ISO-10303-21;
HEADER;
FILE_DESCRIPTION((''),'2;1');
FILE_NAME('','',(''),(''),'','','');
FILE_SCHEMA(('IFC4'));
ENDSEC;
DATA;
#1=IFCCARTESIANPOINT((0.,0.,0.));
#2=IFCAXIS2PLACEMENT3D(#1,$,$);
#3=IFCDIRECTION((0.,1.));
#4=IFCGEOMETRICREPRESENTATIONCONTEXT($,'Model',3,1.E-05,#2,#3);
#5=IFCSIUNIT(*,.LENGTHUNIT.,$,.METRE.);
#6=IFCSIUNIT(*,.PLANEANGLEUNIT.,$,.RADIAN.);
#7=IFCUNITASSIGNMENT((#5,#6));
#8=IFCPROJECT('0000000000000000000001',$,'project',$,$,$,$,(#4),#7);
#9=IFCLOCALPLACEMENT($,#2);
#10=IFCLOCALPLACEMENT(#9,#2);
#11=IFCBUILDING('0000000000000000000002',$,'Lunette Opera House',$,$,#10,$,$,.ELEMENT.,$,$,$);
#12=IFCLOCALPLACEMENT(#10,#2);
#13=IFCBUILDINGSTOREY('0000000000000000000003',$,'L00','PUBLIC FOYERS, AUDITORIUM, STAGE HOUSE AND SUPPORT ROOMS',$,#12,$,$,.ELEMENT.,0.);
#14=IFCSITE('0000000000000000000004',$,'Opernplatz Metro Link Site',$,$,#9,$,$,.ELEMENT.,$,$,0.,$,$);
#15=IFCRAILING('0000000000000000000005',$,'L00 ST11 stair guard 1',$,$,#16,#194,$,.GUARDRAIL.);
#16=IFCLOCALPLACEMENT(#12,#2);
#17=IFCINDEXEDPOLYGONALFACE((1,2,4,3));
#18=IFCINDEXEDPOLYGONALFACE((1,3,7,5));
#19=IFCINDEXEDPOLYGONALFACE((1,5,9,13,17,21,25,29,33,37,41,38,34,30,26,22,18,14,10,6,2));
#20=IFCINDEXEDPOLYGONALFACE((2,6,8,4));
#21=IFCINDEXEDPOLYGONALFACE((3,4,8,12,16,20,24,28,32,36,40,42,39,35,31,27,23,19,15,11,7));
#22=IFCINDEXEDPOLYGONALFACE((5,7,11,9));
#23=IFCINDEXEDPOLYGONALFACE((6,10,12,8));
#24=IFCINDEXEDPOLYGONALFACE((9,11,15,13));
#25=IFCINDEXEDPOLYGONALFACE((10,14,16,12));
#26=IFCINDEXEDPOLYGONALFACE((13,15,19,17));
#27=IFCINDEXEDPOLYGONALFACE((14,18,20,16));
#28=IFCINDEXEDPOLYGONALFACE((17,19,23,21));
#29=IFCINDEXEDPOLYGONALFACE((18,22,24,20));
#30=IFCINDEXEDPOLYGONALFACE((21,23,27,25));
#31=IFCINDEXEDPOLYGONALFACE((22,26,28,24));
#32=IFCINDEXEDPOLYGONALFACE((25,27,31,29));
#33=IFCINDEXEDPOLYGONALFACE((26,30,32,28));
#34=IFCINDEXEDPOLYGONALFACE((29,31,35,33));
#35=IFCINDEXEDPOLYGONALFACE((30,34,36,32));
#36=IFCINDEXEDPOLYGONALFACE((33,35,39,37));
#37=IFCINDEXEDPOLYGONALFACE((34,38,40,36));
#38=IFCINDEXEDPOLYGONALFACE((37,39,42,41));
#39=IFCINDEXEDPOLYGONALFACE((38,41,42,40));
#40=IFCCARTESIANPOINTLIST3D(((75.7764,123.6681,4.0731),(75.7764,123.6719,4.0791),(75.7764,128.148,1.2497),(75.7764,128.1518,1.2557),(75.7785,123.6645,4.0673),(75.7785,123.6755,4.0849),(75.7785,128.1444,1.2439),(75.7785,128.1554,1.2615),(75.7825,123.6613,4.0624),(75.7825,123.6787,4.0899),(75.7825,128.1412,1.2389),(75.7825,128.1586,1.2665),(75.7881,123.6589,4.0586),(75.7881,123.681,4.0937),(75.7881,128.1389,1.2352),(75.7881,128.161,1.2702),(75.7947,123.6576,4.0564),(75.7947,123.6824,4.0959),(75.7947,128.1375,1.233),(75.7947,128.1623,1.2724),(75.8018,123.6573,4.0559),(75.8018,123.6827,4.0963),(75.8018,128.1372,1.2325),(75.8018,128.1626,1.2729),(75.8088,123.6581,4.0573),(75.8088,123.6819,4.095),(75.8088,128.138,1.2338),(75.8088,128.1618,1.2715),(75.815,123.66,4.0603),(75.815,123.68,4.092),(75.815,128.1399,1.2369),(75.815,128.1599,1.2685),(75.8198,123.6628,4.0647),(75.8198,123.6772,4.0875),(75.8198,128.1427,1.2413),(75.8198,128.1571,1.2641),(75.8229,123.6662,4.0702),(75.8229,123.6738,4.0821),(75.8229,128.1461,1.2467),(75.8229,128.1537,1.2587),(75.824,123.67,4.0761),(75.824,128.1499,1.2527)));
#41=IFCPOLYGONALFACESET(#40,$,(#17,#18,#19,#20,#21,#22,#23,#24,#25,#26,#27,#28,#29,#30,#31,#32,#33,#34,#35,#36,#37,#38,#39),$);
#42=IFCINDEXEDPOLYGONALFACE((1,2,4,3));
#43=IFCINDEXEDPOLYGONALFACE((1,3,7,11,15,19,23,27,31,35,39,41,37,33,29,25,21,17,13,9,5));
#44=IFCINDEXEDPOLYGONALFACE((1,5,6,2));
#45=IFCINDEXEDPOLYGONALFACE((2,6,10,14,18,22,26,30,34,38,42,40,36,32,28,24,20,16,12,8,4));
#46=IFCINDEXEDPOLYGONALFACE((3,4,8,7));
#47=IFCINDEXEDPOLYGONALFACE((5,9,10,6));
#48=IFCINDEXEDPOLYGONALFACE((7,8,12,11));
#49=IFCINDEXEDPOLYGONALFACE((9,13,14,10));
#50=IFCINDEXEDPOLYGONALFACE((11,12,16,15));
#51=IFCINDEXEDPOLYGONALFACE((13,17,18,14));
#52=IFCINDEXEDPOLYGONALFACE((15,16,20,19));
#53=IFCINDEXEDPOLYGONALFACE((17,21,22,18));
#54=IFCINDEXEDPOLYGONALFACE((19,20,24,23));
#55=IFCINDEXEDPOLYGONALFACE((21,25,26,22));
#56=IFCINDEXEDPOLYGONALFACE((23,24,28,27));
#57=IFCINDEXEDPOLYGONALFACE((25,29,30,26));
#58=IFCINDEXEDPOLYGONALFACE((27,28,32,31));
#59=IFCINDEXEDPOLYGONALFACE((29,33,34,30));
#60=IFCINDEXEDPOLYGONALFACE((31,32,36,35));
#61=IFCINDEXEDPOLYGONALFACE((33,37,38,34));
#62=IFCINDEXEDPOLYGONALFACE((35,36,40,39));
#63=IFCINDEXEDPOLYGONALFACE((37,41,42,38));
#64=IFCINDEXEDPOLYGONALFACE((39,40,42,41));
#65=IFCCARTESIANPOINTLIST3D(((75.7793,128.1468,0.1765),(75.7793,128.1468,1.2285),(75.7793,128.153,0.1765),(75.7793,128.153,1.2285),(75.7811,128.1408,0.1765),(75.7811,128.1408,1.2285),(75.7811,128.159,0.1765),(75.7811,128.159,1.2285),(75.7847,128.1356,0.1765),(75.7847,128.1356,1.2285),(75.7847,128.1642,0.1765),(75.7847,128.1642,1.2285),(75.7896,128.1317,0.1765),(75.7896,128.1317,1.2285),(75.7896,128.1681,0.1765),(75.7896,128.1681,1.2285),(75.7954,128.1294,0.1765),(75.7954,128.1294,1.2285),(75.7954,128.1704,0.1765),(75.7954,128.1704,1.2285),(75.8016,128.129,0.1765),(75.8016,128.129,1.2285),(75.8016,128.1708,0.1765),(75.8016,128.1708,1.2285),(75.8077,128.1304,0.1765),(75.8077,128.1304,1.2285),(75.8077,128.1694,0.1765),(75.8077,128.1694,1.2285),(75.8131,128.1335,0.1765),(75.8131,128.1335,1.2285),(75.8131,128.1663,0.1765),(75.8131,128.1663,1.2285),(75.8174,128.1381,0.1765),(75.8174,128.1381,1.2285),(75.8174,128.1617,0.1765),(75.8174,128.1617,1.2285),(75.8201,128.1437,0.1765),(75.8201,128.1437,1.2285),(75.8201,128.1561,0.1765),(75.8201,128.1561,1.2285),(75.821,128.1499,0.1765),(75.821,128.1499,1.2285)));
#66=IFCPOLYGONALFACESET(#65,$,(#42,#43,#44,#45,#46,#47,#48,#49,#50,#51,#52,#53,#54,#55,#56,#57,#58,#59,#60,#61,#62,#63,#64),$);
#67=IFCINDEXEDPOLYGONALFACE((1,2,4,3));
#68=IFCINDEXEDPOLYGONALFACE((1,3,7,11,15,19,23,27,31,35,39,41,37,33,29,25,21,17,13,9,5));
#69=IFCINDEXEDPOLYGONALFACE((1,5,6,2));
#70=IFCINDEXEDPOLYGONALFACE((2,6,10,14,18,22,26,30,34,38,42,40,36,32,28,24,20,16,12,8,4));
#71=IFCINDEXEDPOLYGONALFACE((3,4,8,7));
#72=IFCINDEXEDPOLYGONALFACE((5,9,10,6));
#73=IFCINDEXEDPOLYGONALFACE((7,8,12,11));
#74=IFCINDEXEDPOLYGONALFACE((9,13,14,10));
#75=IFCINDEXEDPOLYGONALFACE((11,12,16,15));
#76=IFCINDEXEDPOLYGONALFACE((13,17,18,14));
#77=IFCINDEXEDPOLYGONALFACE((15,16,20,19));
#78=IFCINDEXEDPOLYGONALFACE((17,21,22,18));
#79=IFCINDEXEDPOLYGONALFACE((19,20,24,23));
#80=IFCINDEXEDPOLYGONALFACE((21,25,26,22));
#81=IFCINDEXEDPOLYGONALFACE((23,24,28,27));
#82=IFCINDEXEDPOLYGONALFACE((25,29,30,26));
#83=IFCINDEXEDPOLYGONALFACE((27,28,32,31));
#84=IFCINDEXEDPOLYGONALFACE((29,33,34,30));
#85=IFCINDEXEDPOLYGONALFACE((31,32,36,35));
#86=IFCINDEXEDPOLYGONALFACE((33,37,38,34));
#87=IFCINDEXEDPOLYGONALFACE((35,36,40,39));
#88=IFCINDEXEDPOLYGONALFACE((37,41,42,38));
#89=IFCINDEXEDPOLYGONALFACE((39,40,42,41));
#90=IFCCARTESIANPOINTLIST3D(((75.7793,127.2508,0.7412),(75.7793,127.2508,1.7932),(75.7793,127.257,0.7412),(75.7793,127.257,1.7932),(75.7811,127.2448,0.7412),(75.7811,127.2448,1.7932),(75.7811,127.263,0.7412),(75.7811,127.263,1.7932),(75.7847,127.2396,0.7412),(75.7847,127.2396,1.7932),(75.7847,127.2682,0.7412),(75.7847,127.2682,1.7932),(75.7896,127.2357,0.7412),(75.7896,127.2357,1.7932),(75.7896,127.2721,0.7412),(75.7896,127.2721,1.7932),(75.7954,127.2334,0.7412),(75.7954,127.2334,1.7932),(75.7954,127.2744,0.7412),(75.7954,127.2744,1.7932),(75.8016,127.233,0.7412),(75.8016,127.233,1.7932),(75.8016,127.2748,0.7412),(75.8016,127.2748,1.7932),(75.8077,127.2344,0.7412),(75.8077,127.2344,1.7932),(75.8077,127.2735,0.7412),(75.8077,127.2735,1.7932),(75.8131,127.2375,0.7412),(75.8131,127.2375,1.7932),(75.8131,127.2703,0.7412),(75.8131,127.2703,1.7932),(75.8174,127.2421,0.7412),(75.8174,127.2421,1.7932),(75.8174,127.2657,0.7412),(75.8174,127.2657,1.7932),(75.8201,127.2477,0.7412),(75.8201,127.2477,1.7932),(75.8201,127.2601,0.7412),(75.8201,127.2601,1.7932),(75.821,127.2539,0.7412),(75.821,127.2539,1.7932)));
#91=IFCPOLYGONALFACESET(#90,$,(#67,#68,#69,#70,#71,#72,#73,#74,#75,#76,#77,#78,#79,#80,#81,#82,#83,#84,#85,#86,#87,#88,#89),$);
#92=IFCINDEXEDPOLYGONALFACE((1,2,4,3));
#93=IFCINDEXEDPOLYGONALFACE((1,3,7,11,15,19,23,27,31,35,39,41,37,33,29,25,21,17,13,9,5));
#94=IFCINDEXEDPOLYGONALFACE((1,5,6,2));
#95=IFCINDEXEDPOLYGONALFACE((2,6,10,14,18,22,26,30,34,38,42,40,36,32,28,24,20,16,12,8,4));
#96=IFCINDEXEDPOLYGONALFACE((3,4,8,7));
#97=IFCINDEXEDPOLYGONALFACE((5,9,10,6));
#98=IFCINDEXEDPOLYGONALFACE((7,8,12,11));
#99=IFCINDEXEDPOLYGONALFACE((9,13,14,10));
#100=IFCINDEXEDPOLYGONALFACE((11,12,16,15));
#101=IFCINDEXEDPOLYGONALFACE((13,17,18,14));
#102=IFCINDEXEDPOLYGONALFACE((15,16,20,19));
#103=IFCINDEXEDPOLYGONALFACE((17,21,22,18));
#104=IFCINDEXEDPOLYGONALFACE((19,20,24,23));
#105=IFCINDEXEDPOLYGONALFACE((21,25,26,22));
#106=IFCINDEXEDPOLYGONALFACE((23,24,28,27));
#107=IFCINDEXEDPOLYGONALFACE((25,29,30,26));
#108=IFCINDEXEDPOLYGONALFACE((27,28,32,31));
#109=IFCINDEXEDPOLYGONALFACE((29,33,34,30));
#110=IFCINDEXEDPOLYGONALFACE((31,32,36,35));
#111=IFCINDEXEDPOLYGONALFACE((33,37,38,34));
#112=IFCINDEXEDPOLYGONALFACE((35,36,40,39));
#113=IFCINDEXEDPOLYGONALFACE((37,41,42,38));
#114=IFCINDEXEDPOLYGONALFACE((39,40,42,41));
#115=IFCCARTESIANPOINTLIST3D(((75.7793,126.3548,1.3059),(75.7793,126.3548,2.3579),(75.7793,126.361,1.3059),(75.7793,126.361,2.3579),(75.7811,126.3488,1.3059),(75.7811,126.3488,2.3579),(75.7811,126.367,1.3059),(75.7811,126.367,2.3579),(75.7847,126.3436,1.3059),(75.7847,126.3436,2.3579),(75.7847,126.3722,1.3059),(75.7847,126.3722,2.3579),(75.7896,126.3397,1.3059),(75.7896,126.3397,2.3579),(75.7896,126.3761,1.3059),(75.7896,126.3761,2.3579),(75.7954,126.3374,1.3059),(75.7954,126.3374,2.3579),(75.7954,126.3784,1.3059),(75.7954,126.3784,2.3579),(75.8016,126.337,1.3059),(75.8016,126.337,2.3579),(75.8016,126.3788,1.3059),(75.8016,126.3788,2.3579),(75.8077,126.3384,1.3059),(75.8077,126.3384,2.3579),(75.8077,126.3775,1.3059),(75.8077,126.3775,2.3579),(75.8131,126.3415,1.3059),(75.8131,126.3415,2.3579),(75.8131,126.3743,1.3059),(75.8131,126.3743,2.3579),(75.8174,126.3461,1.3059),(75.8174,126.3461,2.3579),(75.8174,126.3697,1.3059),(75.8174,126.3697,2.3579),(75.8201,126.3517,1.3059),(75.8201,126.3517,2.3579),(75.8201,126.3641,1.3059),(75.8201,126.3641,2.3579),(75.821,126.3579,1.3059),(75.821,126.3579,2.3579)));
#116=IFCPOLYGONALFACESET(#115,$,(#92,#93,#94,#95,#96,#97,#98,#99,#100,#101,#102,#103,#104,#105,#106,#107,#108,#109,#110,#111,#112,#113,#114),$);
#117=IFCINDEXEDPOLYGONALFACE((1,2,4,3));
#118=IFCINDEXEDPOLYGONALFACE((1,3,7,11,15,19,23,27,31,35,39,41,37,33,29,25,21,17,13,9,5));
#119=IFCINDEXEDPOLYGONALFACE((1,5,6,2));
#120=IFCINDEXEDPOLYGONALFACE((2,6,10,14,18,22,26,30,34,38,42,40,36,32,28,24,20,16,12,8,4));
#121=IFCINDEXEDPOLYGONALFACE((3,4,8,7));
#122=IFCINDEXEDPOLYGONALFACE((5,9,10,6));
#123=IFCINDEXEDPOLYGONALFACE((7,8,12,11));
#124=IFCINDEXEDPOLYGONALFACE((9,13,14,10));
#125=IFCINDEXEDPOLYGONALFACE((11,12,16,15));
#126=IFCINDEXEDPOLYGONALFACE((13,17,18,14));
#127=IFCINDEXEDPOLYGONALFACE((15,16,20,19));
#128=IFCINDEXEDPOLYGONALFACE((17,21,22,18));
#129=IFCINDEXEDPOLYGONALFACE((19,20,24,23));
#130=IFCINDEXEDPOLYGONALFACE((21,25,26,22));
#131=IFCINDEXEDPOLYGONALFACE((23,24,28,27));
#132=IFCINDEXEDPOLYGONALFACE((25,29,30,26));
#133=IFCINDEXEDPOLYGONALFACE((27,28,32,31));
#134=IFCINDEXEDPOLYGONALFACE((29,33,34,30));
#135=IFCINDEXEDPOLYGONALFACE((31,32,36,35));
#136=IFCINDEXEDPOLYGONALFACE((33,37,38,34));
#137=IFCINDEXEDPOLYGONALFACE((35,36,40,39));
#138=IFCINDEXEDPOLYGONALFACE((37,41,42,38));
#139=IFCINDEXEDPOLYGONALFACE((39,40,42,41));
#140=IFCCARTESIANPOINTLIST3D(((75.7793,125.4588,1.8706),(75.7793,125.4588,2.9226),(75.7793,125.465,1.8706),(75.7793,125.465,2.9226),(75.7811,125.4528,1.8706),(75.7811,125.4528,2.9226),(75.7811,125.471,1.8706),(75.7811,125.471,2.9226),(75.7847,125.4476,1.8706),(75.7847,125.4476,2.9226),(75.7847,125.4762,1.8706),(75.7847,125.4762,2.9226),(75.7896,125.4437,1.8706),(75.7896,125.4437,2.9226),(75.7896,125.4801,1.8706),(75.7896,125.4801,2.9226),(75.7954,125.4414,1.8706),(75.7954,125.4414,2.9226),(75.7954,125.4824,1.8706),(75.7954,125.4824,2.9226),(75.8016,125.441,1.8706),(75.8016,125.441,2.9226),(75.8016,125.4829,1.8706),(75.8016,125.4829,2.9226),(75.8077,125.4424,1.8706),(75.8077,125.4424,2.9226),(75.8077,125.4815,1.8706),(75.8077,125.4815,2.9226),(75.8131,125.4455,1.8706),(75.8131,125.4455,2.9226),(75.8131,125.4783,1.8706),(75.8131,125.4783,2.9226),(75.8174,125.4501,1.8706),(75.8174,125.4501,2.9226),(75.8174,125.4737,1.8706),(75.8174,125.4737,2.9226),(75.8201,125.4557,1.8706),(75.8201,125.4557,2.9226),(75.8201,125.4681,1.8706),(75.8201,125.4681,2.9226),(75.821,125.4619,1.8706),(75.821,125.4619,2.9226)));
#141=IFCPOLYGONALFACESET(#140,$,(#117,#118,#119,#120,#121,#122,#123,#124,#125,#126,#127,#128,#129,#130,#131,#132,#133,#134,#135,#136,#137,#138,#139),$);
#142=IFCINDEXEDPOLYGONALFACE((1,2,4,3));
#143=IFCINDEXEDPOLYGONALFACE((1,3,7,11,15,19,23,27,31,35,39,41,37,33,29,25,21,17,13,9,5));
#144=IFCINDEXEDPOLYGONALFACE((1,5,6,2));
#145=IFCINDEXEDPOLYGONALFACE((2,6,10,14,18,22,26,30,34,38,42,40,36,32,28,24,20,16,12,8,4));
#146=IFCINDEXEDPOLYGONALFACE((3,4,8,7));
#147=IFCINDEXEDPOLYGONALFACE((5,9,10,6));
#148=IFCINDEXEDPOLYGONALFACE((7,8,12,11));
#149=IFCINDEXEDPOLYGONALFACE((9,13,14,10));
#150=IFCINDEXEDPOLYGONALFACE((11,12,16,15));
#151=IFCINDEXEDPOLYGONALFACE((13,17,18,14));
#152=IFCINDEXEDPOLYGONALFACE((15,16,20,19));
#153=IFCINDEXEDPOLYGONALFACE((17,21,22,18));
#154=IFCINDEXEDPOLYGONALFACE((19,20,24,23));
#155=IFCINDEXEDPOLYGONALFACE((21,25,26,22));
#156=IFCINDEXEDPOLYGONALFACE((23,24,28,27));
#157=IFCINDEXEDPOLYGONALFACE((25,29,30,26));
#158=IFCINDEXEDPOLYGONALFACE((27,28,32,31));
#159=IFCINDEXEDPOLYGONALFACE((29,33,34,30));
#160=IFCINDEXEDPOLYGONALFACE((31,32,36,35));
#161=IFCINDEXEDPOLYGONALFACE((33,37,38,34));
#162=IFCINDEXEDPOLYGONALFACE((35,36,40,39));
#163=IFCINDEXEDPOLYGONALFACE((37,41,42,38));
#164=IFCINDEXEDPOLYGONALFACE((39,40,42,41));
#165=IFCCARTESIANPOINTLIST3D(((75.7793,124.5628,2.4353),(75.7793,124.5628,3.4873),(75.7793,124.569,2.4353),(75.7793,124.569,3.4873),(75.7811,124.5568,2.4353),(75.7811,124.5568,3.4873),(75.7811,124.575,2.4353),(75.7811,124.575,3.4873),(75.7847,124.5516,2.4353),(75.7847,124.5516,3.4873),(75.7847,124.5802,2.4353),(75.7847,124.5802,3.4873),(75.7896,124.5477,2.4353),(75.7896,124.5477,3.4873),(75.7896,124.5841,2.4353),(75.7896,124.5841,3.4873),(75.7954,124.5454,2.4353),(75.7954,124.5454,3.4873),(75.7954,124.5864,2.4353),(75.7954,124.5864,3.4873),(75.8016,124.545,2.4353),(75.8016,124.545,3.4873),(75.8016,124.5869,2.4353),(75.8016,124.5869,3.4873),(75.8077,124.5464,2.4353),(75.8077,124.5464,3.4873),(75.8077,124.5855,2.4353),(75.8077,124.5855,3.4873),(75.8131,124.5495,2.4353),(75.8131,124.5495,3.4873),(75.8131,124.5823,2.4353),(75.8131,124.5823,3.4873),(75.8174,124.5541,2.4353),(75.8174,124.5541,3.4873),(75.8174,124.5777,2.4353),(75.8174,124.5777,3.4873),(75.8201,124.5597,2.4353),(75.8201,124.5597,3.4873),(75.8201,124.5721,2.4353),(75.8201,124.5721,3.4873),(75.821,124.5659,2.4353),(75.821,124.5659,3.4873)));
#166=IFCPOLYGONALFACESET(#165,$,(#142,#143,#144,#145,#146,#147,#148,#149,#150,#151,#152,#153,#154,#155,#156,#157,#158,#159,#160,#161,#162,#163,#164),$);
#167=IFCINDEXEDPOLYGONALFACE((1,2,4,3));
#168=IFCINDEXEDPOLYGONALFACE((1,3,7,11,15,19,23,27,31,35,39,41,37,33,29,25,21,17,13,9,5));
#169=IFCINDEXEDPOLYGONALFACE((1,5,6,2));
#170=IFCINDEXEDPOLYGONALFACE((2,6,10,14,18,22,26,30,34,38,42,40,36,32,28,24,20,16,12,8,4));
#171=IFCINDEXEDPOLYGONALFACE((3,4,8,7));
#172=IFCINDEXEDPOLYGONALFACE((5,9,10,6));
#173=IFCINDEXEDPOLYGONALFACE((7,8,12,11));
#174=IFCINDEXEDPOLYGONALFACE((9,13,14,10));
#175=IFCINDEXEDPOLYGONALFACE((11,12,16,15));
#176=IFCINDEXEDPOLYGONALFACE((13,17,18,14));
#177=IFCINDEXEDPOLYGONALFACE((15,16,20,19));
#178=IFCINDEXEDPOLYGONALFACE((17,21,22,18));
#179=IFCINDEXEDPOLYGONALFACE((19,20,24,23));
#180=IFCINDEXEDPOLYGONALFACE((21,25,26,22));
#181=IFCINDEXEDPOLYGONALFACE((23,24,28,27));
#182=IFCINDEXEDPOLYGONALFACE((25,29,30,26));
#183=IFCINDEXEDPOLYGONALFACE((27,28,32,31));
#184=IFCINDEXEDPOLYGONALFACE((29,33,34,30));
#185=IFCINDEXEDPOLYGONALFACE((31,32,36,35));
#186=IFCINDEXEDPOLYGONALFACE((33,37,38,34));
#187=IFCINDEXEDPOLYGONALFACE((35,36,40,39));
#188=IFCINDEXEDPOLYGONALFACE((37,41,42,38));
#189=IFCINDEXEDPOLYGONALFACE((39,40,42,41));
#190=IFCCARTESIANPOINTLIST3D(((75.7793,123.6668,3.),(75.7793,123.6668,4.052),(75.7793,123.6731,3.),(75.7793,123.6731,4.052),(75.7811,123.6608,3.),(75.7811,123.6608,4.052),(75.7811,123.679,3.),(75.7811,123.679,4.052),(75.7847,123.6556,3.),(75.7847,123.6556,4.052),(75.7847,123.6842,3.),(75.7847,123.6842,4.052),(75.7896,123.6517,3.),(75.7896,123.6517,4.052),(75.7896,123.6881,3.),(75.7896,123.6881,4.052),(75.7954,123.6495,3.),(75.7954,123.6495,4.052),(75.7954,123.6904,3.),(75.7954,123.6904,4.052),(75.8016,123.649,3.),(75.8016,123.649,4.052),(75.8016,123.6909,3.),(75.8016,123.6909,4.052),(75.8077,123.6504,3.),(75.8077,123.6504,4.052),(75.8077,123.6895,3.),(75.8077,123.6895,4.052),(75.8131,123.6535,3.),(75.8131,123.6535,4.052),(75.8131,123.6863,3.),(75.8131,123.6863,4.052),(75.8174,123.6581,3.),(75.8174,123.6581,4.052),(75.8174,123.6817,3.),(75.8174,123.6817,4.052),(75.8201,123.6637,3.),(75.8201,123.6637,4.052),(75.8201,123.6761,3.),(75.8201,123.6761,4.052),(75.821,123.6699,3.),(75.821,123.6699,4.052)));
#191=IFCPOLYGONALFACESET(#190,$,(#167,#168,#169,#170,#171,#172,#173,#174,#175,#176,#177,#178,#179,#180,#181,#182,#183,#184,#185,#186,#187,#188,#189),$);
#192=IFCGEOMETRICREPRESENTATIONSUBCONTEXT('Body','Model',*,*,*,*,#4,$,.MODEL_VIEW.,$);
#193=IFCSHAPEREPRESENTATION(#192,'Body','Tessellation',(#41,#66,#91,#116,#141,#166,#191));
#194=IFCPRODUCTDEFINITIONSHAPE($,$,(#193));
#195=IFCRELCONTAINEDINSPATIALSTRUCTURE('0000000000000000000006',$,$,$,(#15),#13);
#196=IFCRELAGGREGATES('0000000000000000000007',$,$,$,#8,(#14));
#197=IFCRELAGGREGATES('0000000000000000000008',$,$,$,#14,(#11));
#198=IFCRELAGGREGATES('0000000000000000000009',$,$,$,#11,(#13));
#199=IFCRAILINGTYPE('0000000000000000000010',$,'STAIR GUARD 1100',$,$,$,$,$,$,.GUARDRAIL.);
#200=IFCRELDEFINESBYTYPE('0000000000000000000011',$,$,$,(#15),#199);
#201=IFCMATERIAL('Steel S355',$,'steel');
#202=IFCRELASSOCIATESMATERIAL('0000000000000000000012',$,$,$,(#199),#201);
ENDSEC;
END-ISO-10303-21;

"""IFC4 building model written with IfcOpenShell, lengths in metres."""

from ifc_helpers import new_model, si_unit, direction, frame, origin, origin_2d, place, context, subcontext, project, spatial, circle, extrude, material, type_object, element, save


model = new_model("IFC4")

# Units and contexts
model_context = context("Model", 3, precision=1e-05, world=origin(), true_north=direction((0.0, 1.0)))
body_context = subcontext(model_context, "Body", "Model", "MODEL_VIEW")
ifc_project = project(units=[si_unit("LENGTHUNIT", "METRE"), si_unit("PLANEANGLEUNIT", "RADIAN")], contexts=[model_context])

# Site, building, storey
site_placement = place(None, origin())
site = spatial("IfcSite", under=ifc_project, at=site_placement, Name="Opernplatz Metro Link Site", CompositionType="ELEMENT", RefElevation=0.0)
building_placement = place(site_placement, origin())
building = spatial("IfcBuilding", under=site, at=building_placement, Name="Lunette Opera House", CompositionType="ELEMENT")
storey_placement = place(building_placement, origin())
storey = spatial("IfcBuildingStorey", under=building, at=storey_placement, Name="L00", Description="PUBLIC FOYERS, AUDITORIUM, STAGE HOUSE AND SUPPORT ROOMS", CompositionType="ELEMENT", Elevation=0.0)

# Railing
ifc_material_1 = material(Name="Steel S355", Category="steel")
railing_type_1 = type_object("IfcRailingType", Name="STAIR GUARD 1100", PredefinedType="GUARDRAIL", material=ifc_material_1)
railing_1_placement = place(storey_placement, frame((75.8, 128.1499, 0.1765)))
element("IfcRailing", 1, at=railing_1_placement, inside=storey, type_object=railing_type_1, Name="L00 ST11 stair guard 1", PredefinedType="GUARDRAIL", context=body_context, shape_type="SweptSolid", body=[
    extrude(circle(Radius=0.0239, at=origin_2d()), frame((0.0, 0.0, 1.0762), z_axis=(0.0, -0.845998, 0.533186), x_axis=(1.0, 0.0, 0.0)), (0.0, 0.0, 1.0), 5.2954),
    extrude(circle(Radius=0.021, at=origin_2d()), origin(), (0.0, 0.0, 1.0), 1.052),
    extrude(circle(Radius=0.021, at=origin_2d()), frame((0.0, -0.896, 0.5647)), (0.0, 0.0, 1.0), 1.052),
    extrude(circle(Radius=0.021, at=origin_2d()), frame((0.0, -1.792, 1.1294)), (0.0, 0.0, 1.0), 1.052),
    extrude(circle(Radius=0.021, at=origin_2d()), frame((0.0, -2.688, 1.6941)), (0.0, 0.0, 1.0), 1.052),
    extrude(circle(Radius=0.021, at=origin_2d()), frame((0.0, -3.584, 2.2588)), (0.0, 0.0, 1.0), 1.052),
    extrude(circle(Radius=0.021, at=origin_2d()), frame((0.0, -4.48, 2.8235)), (0.0, 0.0, 1.0), 1.052),
])

save(model, "model.ifc")
